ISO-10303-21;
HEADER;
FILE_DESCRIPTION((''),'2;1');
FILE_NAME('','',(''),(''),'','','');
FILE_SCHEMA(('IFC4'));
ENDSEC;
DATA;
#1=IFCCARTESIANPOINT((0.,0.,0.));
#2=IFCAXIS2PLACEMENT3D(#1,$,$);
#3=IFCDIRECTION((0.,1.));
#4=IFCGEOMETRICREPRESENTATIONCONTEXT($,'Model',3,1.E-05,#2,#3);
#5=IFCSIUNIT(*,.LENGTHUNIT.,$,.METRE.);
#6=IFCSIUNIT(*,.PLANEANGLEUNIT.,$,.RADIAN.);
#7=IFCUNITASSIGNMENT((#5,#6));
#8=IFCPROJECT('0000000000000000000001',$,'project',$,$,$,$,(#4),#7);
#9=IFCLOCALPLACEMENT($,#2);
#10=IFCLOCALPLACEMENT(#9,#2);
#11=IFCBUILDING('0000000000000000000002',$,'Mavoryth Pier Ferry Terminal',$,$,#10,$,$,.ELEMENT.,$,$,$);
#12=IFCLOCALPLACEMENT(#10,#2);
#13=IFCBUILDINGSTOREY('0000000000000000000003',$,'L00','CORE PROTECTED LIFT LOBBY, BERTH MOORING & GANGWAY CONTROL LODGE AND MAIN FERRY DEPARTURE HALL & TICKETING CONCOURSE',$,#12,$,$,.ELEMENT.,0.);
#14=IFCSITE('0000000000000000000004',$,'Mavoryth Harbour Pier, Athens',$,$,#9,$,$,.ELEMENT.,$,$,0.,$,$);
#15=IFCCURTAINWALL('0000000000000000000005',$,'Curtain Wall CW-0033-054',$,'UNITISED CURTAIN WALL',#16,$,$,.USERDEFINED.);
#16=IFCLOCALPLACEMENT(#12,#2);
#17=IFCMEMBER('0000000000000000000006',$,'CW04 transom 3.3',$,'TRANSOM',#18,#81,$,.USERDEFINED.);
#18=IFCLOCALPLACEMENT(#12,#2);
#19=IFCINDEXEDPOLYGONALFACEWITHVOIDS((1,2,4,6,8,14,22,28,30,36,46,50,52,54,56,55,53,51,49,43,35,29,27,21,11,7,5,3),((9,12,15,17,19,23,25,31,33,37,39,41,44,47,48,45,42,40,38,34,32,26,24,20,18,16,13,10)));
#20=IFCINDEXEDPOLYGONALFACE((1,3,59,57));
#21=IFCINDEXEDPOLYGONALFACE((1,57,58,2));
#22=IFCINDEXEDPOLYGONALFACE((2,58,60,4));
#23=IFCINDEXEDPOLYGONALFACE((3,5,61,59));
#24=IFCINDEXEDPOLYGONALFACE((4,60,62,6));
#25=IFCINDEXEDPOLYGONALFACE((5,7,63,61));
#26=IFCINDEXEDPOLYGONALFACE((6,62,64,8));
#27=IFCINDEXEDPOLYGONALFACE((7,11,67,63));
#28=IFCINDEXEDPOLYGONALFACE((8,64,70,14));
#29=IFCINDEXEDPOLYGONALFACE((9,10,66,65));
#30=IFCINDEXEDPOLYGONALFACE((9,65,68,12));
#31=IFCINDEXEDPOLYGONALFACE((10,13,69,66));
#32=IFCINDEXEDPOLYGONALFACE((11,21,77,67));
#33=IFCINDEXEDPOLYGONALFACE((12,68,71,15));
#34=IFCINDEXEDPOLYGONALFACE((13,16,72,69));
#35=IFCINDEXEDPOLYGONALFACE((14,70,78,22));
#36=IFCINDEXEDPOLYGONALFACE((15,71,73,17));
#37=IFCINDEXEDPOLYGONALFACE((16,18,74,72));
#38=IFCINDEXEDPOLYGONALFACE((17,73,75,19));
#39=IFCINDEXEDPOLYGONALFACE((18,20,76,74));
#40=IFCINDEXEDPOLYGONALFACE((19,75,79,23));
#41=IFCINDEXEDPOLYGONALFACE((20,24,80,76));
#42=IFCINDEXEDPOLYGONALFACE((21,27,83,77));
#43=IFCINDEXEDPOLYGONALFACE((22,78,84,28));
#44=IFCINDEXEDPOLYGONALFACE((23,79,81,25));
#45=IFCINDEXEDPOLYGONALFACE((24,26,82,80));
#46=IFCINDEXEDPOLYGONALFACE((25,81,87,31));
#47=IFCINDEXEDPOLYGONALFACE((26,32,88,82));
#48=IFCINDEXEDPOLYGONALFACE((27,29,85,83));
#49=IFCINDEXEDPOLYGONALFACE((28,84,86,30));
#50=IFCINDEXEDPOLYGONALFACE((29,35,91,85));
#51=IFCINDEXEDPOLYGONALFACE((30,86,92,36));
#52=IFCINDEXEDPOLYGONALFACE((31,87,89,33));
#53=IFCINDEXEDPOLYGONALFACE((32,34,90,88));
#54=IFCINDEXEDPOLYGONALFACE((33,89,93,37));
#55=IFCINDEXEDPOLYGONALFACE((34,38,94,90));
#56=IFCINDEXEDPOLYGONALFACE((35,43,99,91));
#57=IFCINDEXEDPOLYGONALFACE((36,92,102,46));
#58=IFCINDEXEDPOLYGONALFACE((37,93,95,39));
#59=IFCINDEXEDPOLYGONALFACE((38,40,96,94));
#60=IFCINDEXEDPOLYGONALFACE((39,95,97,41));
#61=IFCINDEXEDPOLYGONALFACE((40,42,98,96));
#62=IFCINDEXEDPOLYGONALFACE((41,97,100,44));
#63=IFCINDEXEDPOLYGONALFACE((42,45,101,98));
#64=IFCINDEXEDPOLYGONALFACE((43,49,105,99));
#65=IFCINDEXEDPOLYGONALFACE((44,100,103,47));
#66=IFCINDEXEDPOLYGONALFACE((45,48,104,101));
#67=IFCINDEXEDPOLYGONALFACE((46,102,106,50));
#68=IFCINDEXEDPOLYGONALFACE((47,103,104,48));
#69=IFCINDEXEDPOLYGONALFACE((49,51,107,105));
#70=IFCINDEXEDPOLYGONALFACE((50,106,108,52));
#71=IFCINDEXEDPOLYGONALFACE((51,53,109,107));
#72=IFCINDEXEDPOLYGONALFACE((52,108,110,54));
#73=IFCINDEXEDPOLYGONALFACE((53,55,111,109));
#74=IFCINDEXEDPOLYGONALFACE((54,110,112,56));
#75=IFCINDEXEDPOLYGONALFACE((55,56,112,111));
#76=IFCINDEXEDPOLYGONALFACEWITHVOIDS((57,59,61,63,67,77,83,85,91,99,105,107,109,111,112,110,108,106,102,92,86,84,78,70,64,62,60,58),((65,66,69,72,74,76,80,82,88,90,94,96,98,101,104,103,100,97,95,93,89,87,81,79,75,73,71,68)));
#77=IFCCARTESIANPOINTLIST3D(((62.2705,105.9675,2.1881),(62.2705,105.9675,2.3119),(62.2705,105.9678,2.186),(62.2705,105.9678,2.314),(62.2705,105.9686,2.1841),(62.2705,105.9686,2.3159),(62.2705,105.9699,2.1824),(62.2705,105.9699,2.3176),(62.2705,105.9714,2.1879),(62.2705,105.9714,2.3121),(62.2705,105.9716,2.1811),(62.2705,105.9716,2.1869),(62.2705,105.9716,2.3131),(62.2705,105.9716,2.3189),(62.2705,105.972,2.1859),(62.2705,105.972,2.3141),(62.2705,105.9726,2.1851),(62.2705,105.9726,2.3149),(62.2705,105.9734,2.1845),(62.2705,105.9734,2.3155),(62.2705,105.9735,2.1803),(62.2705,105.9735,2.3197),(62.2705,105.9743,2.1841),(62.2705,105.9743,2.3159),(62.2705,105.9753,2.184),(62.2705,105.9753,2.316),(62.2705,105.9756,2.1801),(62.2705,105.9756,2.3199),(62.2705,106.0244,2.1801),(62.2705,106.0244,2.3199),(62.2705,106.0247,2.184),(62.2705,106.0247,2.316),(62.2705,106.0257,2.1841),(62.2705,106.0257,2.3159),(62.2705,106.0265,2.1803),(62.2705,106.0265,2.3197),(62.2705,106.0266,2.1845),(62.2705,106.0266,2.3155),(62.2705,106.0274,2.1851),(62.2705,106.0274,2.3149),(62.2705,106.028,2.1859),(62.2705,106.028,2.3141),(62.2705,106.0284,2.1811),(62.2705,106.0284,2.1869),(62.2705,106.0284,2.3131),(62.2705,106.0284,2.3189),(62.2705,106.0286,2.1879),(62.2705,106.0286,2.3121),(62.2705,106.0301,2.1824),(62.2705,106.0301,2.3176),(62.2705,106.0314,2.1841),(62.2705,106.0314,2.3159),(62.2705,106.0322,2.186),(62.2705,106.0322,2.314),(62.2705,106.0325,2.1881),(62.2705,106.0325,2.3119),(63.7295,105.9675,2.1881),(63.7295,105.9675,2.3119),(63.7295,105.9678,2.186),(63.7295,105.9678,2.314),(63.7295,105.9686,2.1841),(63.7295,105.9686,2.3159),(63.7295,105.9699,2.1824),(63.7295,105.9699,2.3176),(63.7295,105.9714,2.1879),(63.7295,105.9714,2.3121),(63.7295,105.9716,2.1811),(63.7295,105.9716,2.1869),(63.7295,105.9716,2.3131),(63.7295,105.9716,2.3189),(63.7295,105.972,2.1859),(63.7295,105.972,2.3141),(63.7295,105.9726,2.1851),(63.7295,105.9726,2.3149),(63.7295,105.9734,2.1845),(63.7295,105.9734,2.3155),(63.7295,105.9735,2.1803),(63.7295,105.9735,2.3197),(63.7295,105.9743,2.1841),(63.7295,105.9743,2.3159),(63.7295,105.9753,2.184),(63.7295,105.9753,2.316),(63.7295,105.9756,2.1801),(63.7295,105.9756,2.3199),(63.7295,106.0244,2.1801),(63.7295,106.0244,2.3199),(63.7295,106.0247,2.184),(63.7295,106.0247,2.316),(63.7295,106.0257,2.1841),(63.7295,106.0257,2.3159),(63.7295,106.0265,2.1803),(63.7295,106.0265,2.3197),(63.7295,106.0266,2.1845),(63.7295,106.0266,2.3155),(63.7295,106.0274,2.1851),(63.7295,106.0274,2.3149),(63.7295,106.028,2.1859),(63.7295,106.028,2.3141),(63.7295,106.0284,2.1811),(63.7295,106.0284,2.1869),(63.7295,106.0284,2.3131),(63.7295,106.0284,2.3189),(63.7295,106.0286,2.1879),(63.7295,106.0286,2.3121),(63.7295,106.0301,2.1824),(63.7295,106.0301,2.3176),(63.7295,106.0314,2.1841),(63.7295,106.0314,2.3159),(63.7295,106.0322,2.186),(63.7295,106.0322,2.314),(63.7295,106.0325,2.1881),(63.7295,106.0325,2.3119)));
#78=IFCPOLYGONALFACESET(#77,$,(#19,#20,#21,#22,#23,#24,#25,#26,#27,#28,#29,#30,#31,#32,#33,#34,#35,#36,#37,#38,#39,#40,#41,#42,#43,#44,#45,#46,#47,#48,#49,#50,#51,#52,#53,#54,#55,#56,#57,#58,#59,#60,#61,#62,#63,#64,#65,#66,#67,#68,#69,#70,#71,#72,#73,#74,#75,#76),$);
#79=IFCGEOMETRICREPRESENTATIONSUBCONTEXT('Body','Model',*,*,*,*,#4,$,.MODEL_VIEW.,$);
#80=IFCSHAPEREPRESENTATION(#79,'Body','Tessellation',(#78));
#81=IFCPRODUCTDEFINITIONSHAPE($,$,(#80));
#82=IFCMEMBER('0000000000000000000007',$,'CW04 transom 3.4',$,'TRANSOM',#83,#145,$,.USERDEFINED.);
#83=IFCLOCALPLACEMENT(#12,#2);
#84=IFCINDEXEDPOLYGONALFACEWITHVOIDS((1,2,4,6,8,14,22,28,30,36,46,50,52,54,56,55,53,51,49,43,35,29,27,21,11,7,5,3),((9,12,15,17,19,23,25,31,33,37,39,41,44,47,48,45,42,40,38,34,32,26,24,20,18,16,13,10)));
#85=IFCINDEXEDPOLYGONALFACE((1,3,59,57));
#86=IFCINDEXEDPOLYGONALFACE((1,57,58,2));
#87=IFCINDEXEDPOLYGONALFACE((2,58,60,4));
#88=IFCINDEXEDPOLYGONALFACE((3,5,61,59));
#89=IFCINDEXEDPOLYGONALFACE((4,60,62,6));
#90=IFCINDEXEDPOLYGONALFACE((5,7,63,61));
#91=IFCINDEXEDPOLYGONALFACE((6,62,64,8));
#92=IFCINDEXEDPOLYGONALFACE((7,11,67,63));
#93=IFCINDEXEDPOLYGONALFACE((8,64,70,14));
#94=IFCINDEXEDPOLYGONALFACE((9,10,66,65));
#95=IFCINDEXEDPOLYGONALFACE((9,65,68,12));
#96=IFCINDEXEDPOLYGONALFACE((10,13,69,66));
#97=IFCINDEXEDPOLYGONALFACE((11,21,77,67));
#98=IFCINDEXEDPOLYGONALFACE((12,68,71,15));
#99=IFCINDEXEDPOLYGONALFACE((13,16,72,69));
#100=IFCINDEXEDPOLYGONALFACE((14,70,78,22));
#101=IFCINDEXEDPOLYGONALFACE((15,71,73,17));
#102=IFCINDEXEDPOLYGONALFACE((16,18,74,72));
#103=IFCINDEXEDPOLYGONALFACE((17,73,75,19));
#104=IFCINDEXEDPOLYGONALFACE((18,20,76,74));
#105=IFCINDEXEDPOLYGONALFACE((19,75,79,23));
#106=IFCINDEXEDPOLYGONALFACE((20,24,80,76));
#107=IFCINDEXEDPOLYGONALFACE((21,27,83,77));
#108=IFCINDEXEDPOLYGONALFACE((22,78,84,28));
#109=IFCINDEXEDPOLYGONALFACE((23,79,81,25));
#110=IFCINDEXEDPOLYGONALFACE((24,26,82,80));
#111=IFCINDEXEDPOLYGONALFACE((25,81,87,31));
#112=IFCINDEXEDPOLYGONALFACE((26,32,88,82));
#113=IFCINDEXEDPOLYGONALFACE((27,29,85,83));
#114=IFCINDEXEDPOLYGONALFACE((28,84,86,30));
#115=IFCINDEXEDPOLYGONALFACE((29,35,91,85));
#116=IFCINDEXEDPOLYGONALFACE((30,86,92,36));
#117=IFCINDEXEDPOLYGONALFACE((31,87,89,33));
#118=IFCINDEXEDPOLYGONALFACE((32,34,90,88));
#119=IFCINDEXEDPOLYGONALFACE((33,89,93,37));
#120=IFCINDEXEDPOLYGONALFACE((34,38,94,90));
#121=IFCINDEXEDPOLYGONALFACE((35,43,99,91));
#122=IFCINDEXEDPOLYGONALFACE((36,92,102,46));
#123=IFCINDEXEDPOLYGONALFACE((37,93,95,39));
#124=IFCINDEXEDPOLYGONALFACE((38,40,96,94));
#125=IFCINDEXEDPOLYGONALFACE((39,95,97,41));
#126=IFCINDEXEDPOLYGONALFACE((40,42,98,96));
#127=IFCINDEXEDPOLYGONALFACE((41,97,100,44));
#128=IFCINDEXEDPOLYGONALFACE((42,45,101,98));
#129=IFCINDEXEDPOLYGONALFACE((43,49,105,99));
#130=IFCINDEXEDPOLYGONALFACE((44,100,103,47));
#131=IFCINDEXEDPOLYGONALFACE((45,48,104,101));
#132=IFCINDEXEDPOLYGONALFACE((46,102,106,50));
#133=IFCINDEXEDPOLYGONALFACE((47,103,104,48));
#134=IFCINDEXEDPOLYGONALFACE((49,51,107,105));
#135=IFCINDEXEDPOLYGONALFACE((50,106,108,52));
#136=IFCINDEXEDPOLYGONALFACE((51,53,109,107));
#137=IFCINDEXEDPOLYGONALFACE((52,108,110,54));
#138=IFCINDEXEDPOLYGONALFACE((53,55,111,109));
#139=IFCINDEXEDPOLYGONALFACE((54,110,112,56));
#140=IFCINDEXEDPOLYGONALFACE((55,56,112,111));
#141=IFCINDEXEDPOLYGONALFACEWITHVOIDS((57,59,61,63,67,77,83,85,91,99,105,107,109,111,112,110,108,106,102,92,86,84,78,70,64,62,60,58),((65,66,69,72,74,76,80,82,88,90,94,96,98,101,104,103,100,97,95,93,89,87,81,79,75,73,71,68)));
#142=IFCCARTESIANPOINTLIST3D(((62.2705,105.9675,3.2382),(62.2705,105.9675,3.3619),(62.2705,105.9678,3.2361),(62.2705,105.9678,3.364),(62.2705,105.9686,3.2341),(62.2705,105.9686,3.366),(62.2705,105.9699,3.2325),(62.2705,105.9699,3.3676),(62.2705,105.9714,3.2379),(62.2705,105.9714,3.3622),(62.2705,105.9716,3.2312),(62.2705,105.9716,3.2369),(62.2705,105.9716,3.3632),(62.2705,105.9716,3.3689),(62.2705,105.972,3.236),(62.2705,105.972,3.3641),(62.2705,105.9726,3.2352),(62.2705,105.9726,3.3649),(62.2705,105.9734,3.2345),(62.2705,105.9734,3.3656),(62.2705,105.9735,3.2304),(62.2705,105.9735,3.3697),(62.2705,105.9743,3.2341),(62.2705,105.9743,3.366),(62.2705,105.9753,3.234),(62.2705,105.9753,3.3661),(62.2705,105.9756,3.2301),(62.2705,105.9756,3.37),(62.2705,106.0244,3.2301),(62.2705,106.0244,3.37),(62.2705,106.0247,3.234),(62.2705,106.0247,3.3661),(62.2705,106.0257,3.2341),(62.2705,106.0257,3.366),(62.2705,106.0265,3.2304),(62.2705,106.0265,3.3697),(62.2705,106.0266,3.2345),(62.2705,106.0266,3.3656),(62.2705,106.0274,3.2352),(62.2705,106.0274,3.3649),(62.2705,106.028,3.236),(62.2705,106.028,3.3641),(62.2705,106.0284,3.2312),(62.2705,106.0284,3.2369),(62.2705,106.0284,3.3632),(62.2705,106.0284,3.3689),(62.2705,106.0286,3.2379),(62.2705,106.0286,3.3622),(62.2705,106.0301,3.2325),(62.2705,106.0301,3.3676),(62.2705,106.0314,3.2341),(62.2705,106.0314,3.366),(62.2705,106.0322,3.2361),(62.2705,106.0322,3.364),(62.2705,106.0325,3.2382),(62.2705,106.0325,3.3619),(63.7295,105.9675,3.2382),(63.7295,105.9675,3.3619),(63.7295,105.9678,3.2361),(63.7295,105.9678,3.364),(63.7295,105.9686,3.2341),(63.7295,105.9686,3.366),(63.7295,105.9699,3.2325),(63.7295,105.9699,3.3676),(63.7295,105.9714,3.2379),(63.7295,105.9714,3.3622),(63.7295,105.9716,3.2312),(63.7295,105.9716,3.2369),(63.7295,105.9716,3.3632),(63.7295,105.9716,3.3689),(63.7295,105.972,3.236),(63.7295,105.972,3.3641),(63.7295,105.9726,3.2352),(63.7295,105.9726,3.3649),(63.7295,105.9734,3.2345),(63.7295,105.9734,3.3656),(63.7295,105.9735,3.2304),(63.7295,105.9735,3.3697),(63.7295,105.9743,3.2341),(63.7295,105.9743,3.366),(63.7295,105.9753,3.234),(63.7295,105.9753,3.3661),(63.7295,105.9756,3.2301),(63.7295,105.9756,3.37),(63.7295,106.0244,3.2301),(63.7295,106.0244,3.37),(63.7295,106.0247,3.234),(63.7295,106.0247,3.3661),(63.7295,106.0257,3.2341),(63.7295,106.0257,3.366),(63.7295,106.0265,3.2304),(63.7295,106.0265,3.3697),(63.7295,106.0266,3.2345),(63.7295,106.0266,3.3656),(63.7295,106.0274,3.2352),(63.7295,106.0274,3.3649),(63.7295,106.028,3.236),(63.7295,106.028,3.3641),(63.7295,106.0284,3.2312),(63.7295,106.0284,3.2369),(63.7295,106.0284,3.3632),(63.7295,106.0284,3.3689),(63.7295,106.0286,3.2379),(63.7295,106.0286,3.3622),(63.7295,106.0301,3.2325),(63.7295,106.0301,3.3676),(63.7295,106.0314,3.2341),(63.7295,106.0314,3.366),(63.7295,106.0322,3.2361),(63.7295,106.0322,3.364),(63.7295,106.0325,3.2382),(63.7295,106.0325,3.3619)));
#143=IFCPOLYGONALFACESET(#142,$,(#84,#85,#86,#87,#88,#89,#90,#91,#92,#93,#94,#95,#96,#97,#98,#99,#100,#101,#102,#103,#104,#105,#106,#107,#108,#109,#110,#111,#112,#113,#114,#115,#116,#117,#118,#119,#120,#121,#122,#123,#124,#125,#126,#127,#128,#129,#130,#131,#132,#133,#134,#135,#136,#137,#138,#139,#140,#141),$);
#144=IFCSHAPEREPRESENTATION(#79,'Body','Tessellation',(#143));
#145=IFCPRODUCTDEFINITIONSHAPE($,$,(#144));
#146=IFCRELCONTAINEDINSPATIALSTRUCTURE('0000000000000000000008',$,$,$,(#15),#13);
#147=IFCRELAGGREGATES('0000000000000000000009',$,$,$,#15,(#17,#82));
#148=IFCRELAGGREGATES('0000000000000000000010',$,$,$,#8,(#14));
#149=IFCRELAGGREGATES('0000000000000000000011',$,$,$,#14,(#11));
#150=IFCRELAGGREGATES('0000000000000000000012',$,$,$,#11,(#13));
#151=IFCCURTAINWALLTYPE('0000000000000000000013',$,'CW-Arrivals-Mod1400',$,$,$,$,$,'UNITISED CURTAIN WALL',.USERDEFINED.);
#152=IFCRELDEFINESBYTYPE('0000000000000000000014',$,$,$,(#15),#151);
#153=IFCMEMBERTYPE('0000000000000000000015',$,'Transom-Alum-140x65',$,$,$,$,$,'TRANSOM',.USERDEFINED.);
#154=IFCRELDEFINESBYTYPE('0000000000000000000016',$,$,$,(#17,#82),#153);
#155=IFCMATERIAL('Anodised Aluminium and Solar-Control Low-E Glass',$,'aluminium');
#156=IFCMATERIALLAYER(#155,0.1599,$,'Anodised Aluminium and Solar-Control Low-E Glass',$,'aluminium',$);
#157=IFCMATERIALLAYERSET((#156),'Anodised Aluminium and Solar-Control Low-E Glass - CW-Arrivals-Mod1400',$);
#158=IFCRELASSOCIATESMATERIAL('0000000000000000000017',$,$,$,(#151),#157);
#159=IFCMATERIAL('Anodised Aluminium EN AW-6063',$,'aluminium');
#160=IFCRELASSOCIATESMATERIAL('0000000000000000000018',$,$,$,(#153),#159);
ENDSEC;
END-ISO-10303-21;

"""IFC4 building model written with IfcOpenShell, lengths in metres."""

from ifc_helpers import new_model, si_unit, direction, frame, origin, origin_2d, place, context, subcontext, project, spatial, hollow_rectangle, extrude, material, layer, layer_set, material_profile, profile_set, type_object, element, aggregate, save


model = new_model("IFC4")

# Units and contexts
model_context = context("Model", 3, precision=1e-05, world=origin(), true_north=direction((0.0, 1.0)))
body_context = subcontext(model_context, "Body", "Model", "MODEL_VIEW")
ifc_project = project(units=[si_unit("LENGTHUNIT", "METRE"), si_unit("PLANEANGLEUNIT", "RADIAN")], contexts=[model_context])

# Site, building, storey
site_placement = place(None, origin())
site = spatial("IfcSite", under=ifc_project, at=site_placement, Name="Mavoryth Harbour Pier, Athens", CompositionType="ELEMENT", RefElevation=0.0)
building_placement = place(site_placement, origin())
building = spatial("IfcBuilding", under=site, at=building_placement, Name="Mavoryth Pier Ferry Terminal", CompositionType="ELEMENT")
storey_placement = place(building_placement, origin())
storey = spatial("IfcBuildingStorey", under=building, at=storey_placement, Name="L00", Description="CORE PROTECTED LIFT LOBBY, BERTH MOORING & GANGWAY CONTROL LODGE AND MAIN FERRY DEPARTURE HALL & TICKETING CONCOURSE", CompositionType="ELEMENT", Elevation=0.0)

# Curtain wall, members
ifc_material_1 = material(Name="Anodised Aluminium and Solar-Control Low-E Glass", Category="aluminium")
ifc_layer_1 = layer(ifc_material_1, 0.1599, Name="Anodised Aluminium and Solar-Control Low-E Glass", Category="aluminium")
ifc_layer_set_1 = layer_set([ifc_layer_1], Name="Anodised Aluminium and Solar-Control Low-E Glass - CW-Arrivals-Mod1400")
curtain_wall_type = type_object("IfcCurtainWallType", Name="CW-Arrivals-Mod1400", ElementType="UNITISED CURTAIN WALL", PredefinedType="USERDEFINED", material=ifc_layer_set_1)
curtain_wall_placement = place(storey_placement, origin())
curtain_wall = element("IfcCurtainWall", 1, at=curtain_wall_placement, inside=storey, type_object=curtain_wall_type, Name="Curtain Wall CW-0033-054", ObjectType="UNITISED CURTAIN WALL", PredefinedType="USERDEFINED")
ifc_material_2 = material(Name="Anodised Aluminium EN AW-6063", Category="aluminium")
ifc_material_profile_1 = material_profile(ifc_material_2, hollow_rectangle(XDim=0.0649, YDim=0.1399, WallThickness=0.0039, InnerFilletRadius=0.0039, OuterFilletRadius=0.0081, at=origin_2d()), Name="AL-TRAN 140x65x4", Category="aluminium")
ifc_profile_set_1 = profile_set([ifc_material_profile_1], Name="Anodised Aluminium EN AW-6063 - AL-TRAN 140x65x4")
member_type_1 = type_object("IfcMemberType", Name="Transom-Alum-140x65", ElementType="TRANSOM", PredefinedType="USERDEFINED", material=ifc_profile_set_1)
member_1_placement = place(storey_placement, frame((63.7295, 106.0, 2.25), z_axis=(-1.0, 0.0, 0.0), x_axis=(0.0, -1.0, 0.0)))
member_1 = element("IfcMember", 2, at=member_1_placement, type_object=member_type_1, Name="CW04 transom 3.3", ObjectType="TRANSOM", PredefinedType="USERDEFINED", context=body_context, shape_type="SweptSolid", body=[
    extrude(hollow_rectangle(XDim=0.0649, YDim=0.1399, WallThickness=0.0039, InnerFilletRadius=0.0039, OuterFilletRadius=0.0081, at=origin_2d()), origin(), (0.0, 0.0, 1.0), 1.459),
])
member_2_placement = place(storey_placement, frame((63.7295, 106.0, 3.3), z_axis=(-1.0, 0.0, 0.0), x_axis=(0.0, -1.0, 0.0)))
member_2 = element("IfcMember", 3, at=member_2_placement, type_object=member_type_1, Name="CW04 transom 3.4", ObjectType="TRANSOM", PredefinedType="USERDEFINED", context=body_context, shape_type="SweptSolid", body=[
    extrude(hollow_rectangle(XDim=0.0649, YDim=0.1399, WallThickness=0.0039, InnerFilletRadius=0.0039, OuterFilletRadius=0.0081, at=origin_2d()), origin(), (0.0, 0.0, 1.0), 1.459),
])
aggregate(curtain_wall, [member_1, member_2])

save(model, "model.ifc")
